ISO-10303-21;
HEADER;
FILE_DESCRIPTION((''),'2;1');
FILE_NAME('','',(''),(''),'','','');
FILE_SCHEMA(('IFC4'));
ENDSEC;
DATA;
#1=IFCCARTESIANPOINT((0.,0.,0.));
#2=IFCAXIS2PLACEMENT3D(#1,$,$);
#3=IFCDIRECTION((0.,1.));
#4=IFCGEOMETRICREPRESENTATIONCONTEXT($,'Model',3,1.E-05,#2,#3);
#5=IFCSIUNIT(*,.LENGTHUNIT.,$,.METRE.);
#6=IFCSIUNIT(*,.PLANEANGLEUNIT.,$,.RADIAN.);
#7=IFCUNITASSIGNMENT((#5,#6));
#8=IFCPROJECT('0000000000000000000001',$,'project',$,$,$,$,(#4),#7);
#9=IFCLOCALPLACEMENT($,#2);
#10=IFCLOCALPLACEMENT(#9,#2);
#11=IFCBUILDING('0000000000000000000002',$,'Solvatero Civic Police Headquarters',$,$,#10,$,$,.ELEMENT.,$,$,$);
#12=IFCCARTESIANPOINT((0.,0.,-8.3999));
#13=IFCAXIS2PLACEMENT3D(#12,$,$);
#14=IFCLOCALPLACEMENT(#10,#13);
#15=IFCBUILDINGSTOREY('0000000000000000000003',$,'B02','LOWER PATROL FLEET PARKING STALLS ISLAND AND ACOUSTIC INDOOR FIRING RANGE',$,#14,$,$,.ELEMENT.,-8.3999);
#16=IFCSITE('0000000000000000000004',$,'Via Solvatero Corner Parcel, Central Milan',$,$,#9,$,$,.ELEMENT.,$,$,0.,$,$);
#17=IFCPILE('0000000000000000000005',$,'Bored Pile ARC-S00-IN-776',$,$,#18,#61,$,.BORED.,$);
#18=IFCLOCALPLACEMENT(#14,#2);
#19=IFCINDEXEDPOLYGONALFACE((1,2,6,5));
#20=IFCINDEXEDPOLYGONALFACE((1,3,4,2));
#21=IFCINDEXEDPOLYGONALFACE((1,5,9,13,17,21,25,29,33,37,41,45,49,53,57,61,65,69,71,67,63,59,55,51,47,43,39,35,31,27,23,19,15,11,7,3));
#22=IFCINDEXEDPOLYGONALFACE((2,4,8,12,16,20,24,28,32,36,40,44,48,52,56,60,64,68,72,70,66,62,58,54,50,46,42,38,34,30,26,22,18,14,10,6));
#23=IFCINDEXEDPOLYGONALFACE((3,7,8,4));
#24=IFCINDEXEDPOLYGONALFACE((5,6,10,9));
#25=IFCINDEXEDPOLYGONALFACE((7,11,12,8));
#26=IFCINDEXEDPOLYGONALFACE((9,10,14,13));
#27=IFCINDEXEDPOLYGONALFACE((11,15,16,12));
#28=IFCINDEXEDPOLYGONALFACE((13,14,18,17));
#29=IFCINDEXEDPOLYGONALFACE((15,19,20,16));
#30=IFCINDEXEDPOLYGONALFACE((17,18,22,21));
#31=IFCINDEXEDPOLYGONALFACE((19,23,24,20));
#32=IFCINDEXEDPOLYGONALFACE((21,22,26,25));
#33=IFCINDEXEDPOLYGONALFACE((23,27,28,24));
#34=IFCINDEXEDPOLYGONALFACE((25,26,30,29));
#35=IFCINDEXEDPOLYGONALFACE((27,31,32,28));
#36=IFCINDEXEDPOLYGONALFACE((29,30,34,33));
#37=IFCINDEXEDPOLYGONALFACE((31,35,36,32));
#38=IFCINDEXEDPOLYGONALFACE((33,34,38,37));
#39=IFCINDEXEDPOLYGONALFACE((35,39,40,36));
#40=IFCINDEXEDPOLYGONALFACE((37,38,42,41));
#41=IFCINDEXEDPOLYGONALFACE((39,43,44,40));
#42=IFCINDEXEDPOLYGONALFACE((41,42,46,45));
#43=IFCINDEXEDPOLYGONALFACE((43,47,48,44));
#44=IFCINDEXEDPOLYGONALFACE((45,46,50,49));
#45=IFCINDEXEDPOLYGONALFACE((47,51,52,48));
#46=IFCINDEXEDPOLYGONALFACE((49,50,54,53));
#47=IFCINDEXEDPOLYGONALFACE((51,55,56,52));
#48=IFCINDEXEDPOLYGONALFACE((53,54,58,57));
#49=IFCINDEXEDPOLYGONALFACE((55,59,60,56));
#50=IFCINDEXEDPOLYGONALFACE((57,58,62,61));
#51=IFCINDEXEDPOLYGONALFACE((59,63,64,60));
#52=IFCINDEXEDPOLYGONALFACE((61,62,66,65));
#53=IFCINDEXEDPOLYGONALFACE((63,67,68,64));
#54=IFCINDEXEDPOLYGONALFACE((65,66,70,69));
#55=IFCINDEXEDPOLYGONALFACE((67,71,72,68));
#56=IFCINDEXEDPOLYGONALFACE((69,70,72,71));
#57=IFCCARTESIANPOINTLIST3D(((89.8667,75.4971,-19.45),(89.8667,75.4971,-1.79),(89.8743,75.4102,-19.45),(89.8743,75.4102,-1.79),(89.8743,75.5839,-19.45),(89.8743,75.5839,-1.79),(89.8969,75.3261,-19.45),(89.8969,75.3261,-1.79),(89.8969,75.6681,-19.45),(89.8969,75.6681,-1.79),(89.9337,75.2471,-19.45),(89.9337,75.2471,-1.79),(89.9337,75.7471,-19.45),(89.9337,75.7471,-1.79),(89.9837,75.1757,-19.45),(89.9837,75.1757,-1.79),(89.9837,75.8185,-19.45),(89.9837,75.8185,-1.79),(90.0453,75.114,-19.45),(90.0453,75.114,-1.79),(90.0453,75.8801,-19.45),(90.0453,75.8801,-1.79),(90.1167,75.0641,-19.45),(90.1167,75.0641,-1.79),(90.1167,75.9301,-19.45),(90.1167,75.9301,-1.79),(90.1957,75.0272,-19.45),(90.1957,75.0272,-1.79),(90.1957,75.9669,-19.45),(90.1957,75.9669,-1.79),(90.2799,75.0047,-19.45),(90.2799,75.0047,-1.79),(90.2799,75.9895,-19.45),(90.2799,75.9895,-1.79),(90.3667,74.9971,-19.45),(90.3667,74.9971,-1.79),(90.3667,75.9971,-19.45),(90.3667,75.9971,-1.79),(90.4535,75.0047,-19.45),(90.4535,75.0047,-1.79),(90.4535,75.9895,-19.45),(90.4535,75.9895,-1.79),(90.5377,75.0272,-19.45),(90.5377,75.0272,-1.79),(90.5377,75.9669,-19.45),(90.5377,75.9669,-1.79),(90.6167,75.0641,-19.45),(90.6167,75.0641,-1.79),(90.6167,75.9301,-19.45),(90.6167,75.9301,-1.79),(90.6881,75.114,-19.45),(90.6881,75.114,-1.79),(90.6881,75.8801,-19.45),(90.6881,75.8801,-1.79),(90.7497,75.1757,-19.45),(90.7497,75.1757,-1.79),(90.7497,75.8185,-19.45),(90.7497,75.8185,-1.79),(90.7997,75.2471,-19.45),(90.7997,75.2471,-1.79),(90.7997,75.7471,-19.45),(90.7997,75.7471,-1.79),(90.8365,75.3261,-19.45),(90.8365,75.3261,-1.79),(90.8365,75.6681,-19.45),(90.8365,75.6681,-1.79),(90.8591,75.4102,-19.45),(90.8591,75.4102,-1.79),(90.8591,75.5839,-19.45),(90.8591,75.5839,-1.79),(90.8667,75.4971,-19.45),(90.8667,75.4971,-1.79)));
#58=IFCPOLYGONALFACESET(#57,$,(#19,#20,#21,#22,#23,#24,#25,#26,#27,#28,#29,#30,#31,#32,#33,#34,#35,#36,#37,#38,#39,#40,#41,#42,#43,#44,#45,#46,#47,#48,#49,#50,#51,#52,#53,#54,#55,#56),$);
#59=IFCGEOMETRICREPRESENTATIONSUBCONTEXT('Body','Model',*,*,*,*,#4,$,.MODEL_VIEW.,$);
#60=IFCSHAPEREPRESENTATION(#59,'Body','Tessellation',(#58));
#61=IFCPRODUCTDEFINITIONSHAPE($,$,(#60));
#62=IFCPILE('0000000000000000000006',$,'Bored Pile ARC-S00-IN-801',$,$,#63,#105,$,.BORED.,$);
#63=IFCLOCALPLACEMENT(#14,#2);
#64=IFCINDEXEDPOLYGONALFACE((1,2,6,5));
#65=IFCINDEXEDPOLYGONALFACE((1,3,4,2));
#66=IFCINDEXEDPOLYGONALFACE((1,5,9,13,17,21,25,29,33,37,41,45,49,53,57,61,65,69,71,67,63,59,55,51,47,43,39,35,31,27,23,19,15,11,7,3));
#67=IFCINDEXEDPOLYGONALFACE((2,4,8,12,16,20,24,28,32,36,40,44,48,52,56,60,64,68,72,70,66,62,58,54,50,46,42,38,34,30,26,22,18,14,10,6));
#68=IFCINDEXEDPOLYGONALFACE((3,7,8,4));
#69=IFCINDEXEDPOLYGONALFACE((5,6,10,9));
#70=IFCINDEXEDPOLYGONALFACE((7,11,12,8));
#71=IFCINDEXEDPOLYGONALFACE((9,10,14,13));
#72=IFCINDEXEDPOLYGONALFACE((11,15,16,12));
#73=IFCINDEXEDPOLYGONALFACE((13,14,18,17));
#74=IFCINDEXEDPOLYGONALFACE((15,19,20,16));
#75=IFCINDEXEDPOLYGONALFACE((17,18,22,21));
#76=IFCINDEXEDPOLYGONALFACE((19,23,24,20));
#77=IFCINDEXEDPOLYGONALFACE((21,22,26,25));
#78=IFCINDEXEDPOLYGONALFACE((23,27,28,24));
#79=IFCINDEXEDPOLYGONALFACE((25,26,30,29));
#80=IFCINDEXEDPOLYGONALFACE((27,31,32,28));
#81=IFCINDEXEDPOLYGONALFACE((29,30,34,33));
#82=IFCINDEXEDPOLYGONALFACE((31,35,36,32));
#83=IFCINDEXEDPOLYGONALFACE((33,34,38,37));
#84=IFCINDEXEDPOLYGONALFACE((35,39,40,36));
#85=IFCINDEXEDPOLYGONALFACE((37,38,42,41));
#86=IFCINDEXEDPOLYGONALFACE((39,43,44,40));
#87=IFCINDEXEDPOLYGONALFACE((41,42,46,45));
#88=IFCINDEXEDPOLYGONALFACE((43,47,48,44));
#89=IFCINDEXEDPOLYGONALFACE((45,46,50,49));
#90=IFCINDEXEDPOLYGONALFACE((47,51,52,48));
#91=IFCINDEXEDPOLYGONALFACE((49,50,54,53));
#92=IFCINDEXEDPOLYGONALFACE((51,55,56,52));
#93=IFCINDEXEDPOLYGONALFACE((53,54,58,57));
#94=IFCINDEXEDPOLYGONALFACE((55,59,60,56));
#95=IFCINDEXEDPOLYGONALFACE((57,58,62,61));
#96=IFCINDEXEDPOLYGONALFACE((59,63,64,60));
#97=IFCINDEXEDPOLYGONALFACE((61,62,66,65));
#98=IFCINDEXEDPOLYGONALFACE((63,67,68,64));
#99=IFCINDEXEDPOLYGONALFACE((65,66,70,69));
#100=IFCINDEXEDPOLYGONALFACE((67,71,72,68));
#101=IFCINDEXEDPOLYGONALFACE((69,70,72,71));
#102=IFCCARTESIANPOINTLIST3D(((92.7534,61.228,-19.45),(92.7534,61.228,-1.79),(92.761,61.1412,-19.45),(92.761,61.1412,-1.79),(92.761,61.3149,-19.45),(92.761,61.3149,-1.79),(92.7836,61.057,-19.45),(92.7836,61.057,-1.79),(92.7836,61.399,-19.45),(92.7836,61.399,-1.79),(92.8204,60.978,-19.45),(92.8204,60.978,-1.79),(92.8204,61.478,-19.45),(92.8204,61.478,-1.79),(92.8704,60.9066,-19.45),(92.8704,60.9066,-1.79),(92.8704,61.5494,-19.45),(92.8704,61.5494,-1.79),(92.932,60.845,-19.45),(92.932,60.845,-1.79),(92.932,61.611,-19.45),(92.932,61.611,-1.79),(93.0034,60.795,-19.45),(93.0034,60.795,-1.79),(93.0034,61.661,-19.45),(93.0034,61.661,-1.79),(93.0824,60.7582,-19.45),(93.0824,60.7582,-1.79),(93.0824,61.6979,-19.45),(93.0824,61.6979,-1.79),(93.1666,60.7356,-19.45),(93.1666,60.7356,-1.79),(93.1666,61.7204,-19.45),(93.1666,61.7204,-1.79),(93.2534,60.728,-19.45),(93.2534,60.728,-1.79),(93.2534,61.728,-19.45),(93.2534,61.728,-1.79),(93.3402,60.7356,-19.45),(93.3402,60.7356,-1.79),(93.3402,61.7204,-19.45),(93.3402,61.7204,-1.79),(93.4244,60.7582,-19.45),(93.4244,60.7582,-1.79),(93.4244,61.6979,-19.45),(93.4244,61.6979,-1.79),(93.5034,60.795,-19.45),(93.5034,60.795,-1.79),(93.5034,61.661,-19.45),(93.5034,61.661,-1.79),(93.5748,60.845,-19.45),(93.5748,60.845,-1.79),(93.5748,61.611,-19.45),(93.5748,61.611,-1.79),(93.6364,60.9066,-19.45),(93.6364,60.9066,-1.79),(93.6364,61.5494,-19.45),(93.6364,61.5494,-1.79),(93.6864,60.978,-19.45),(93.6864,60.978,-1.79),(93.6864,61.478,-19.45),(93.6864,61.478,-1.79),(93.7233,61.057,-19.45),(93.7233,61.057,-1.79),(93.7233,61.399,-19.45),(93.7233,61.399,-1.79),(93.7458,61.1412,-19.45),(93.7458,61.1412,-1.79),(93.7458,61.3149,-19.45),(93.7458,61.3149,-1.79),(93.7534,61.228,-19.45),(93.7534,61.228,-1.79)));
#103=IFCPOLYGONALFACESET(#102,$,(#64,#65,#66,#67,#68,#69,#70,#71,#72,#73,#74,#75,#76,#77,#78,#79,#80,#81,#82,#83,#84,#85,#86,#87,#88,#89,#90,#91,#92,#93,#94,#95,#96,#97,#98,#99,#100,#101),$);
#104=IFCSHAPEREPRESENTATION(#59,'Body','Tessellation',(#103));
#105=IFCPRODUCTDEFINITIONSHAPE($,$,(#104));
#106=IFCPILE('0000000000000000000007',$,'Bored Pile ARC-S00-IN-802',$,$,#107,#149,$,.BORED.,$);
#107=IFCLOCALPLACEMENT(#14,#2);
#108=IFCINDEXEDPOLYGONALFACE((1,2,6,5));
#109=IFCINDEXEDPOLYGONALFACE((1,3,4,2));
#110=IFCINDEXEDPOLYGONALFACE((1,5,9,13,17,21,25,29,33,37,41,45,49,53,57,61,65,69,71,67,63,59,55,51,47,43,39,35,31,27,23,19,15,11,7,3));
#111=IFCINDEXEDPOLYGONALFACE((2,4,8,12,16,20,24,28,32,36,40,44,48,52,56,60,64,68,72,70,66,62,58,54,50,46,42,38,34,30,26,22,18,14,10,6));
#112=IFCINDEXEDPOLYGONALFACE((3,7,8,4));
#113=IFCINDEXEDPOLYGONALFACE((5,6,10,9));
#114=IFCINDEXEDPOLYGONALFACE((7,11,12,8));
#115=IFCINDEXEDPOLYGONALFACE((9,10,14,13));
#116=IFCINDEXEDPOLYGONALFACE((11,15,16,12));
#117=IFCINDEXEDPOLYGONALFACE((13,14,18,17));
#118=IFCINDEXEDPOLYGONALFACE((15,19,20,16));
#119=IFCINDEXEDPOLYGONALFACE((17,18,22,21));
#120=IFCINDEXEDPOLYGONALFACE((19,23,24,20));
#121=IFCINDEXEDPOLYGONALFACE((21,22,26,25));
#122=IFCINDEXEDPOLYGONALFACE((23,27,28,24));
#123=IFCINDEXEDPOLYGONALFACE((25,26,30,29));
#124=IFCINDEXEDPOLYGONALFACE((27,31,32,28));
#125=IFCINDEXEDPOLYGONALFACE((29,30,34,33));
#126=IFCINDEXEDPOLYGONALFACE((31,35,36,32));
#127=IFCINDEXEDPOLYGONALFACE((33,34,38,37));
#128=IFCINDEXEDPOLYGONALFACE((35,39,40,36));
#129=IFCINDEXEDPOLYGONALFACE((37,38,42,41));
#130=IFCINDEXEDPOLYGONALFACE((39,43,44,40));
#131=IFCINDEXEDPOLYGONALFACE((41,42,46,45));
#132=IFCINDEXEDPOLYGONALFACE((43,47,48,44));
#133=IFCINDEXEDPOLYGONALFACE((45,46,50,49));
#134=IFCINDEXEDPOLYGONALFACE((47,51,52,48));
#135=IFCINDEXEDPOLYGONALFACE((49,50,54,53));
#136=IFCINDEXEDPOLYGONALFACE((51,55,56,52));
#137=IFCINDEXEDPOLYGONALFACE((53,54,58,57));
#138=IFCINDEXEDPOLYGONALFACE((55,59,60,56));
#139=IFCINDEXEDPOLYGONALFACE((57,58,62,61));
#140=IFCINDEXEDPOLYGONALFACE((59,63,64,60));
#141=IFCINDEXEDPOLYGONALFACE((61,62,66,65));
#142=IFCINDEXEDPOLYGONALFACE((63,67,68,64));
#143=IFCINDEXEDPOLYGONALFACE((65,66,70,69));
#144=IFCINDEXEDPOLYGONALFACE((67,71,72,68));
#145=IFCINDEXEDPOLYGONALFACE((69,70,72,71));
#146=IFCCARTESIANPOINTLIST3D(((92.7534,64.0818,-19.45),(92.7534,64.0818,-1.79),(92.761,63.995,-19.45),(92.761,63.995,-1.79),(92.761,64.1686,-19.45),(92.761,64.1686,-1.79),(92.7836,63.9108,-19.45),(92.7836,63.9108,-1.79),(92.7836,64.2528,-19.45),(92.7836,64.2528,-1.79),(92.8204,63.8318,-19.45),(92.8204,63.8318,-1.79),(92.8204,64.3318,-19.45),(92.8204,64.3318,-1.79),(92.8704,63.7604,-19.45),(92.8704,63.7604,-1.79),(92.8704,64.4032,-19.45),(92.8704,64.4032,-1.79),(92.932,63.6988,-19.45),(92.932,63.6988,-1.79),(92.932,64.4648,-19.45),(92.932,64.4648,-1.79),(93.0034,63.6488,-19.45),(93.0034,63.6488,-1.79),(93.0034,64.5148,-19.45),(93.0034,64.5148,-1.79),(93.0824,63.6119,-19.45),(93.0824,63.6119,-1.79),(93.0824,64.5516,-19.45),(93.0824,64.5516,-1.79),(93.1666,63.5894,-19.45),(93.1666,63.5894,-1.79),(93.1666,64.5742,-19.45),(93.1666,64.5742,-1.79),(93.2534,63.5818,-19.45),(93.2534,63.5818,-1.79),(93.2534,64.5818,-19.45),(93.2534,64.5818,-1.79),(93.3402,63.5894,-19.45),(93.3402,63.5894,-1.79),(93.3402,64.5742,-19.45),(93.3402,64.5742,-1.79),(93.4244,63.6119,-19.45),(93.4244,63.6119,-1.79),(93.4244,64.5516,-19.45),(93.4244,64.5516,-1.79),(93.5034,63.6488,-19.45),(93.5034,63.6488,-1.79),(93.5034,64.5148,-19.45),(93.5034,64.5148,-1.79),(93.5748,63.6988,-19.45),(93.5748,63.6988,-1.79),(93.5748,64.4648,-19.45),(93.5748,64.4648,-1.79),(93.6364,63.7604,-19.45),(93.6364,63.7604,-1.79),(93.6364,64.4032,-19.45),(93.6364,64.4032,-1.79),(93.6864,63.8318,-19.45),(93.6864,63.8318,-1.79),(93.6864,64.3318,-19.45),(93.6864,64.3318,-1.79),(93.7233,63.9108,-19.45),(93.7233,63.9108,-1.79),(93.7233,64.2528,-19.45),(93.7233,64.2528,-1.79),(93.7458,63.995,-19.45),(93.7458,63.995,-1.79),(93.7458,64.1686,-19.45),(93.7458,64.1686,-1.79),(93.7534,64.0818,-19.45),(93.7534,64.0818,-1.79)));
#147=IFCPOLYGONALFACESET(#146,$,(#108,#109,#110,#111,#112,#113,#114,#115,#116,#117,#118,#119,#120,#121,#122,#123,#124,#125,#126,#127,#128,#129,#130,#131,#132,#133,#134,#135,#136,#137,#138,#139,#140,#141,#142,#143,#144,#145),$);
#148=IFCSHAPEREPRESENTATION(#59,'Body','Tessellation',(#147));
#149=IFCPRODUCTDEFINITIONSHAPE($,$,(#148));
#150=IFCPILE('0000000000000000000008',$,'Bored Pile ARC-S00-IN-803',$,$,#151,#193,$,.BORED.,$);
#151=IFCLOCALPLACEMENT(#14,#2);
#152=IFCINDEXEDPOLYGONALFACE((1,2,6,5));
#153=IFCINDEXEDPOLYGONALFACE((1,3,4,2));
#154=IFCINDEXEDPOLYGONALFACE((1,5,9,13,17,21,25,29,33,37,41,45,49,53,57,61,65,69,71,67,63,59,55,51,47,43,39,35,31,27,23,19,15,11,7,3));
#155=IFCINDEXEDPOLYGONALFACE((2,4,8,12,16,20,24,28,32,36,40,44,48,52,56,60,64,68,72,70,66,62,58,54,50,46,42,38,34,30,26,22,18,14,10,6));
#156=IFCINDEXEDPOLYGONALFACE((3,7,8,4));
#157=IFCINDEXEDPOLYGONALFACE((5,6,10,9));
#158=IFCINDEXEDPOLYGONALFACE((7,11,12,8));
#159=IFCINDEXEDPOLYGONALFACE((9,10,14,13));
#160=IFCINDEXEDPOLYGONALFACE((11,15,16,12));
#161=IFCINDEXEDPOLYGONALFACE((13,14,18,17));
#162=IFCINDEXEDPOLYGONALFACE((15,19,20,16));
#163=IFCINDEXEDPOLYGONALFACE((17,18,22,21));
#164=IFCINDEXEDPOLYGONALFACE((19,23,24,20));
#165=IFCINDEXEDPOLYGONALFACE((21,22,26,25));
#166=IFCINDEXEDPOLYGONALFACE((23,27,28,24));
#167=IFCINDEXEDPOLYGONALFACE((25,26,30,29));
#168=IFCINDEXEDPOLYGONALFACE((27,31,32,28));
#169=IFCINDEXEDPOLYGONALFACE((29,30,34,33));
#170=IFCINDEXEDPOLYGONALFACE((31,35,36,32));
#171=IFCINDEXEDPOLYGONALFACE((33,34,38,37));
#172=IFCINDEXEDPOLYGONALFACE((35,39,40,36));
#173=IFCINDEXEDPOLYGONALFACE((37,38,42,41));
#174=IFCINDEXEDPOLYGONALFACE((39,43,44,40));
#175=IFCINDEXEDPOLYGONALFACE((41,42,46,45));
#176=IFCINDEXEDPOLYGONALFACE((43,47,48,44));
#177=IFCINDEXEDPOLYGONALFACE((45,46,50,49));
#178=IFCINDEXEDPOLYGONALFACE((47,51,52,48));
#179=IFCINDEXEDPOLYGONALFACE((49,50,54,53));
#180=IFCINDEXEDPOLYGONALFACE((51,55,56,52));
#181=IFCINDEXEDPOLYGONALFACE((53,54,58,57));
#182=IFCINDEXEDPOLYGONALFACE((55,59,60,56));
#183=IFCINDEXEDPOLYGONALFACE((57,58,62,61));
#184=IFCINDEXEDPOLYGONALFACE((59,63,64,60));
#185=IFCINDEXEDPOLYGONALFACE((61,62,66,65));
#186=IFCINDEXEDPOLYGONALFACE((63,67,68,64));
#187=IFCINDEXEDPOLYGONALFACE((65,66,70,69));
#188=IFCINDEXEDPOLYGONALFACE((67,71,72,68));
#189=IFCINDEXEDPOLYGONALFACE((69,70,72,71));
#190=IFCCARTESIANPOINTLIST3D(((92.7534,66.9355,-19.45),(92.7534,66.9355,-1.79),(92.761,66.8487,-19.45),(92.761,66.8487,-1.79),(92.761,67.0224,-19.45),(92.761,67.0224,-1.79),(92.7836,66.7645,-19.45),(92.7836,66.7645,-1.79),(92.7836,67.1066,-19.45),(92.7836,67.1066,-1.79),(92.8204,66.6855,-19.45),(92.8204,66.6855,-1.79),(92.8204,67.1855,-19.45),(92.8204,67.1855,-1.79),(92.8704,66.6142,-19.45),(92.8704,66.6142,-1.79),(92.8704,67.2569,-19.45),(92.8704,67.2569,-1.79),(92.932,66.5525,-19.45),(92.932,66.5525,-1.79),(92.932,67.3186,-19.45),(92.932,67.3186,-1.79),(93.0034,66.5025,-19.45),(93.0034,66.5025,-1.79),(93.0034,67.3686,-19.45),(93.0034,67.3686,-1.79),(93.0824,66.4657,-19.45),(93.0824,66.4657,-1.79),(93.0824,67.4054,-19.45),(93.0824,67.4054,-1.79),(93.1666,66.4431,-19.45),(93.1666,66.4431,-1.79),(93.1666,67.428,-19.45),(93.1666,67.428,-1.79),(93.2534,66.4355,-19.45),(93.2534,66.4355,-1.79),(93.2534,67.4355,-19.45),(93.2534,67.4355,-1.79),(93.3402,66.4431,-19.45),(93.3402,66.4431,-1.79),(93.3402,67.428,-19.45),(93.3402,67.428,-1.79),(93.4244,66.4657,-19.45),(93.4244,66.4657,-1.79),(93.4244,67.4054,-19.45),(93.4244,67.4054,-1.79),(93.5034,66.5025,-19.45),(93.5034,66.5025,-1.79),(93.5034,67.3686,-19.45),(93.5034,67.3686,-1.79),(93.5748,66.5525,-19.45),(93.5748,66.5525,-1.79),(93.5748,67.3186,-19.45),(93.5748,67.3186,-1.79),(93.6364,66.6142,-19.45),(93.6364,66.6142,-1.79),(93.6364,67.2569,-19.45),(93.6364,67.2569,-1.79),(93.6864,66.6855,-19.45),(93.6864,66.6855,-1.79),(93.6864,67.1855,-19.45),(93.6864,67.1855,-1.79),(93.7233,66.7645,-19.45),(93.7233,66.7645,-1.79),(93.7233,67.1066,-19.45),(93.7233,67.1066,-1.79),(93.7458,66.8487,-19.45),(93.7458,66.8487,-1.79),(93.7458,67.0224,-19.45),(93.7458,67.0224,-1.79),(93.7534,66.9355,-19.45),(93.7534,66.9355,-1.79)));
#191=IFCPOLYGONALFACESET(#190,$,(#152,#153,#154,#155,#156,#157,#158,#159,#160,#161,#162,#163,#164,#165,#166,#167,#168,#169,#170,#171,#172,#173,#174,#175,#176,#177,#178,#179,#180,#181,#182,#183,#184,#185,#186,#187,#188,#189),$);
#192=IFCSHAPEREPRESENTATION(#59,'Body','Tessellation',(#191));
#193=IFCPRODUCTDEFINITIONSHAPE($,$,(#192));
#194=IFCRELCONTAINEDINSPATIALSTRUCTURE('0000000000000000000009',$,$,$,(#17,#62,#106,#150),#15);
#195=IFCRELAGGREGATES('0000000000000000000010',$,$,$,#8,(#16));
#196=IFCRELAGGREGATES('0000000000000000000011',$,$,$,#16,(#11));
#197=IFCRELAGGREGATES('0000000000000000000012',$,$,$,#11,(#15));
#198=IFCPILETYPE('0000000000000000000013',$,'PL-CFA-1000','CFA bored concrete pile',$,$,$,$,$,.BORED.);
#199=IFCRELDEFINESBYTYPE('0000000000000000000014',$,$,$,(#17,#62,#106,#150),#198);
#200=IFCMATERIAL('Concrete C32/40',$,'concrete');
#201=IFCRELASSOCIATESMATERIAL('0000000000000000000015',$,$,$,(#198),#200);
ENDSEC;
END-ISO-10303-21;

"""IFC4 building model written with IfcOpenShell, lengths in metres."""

from ifc_helpers import new_model, si_unit, direction, frame, origin, origin_2d, place, context, subcontext, project, spatial, circle, extrude, material, material_profile, profile_set, type_object, element, save


model = new_model("IFC4")

# Units and contexts
model_context = context("Model", 3, precision=1e-05, world=origin(), true_north=direction((0.0, 1.0)))
body_context = subcontext(model_context, "Body", "Model", "MODEL_VIEW")
ifc_project = project(units=[si_unit("LENGTHUNIT", "METRE"), si_unit("PLANEANGLEUNIT", "RADIAN")], contexts=[model_context])

# Site, building, storey
site_placement = place(None, origin())
site = spatial("IfcSite", under=ifc_project, at=site_placement, Name="Via Solvatero Corner Parcel, Central Milan", CompositionType="ELEMENT", RefElevation=0.0)
building_placement = place(site_placement, origin())
building = spatial("IfcBuilding", under=site, at=building_placement, Name="Solvatero Civic Police Headquarters", CompositionType="ELEMENT")
storey_placement = place(building_placement, frame((0.0, 0.0, -8.3999)))
storey = spatial("IfcBuildingStorey", under=building, at=storey_placement, Name="B02", Description="LOWER PATROL FLEET PARKING STALLS ISLAND AND ACOUSTIC INDOOR FIRING RANGE", CompositionType="ELEMENT", Elevation=-8.3999)

# Piles
ifc_material_1 = material(Name="Concrete C32/40", Category="concrete")
ifc_material_profile_1 = material_profile(ifc_material_1, circle(Radius=0.5, at=origin_2d()), Name="CFA PILE D1000")
ifc_profile_set_1 = profile_set([ifc_material_profile_1], Name="Concrete C32/40")
pile_type = type_object("IfcPileType", Name="PL-CFA-1000", Description="CFA bored concrete pile", PredefinedType="BORED", material=ifc_profile_set_1)
for number, where, z_axis, x_axis, name in (
    (1, (90.3667, 75.4971, -1.79), (0.0, 0.0, -1.0), (1.0, 0.0, 0.0), "Bored Pile ARC-S00-IN-776"),
    (2, (93.2534, 61.228, -1.79), (0.0, 0.0, -1.0), (1.0, 0.0, 0.0), "Bored Pile ARC-S00-IN-801"),
    (3, (93.2534, 64.0818, -1.79), (0.0, 0.0, -1.0), (1.0, 0.0, 0.0), "Bored Pile ARC-S00-IN-802"),
    (4, (93.2534, 66.9355, -1.79), (0.0, 0.0, -1.0), (1.0, 0.0, 0.0), "Bored Pile ARC-S00-IN-803"),
):
    element("IfcPile", number, at=place(storey_placement, frame(where, z_axis=z_axis, x_axis=x_axis)), inside=storey, type_object=pile_type, Name=name, PredefinedType="BORED", context=body_context, shape_type="SweptSolid", body=[
        extrude(circle(Radius=0.5, at=origin_2d()), origin(), (0.0, 0.0, 1.0), 17.6599),
    ])

save(model, "model.ifc")
